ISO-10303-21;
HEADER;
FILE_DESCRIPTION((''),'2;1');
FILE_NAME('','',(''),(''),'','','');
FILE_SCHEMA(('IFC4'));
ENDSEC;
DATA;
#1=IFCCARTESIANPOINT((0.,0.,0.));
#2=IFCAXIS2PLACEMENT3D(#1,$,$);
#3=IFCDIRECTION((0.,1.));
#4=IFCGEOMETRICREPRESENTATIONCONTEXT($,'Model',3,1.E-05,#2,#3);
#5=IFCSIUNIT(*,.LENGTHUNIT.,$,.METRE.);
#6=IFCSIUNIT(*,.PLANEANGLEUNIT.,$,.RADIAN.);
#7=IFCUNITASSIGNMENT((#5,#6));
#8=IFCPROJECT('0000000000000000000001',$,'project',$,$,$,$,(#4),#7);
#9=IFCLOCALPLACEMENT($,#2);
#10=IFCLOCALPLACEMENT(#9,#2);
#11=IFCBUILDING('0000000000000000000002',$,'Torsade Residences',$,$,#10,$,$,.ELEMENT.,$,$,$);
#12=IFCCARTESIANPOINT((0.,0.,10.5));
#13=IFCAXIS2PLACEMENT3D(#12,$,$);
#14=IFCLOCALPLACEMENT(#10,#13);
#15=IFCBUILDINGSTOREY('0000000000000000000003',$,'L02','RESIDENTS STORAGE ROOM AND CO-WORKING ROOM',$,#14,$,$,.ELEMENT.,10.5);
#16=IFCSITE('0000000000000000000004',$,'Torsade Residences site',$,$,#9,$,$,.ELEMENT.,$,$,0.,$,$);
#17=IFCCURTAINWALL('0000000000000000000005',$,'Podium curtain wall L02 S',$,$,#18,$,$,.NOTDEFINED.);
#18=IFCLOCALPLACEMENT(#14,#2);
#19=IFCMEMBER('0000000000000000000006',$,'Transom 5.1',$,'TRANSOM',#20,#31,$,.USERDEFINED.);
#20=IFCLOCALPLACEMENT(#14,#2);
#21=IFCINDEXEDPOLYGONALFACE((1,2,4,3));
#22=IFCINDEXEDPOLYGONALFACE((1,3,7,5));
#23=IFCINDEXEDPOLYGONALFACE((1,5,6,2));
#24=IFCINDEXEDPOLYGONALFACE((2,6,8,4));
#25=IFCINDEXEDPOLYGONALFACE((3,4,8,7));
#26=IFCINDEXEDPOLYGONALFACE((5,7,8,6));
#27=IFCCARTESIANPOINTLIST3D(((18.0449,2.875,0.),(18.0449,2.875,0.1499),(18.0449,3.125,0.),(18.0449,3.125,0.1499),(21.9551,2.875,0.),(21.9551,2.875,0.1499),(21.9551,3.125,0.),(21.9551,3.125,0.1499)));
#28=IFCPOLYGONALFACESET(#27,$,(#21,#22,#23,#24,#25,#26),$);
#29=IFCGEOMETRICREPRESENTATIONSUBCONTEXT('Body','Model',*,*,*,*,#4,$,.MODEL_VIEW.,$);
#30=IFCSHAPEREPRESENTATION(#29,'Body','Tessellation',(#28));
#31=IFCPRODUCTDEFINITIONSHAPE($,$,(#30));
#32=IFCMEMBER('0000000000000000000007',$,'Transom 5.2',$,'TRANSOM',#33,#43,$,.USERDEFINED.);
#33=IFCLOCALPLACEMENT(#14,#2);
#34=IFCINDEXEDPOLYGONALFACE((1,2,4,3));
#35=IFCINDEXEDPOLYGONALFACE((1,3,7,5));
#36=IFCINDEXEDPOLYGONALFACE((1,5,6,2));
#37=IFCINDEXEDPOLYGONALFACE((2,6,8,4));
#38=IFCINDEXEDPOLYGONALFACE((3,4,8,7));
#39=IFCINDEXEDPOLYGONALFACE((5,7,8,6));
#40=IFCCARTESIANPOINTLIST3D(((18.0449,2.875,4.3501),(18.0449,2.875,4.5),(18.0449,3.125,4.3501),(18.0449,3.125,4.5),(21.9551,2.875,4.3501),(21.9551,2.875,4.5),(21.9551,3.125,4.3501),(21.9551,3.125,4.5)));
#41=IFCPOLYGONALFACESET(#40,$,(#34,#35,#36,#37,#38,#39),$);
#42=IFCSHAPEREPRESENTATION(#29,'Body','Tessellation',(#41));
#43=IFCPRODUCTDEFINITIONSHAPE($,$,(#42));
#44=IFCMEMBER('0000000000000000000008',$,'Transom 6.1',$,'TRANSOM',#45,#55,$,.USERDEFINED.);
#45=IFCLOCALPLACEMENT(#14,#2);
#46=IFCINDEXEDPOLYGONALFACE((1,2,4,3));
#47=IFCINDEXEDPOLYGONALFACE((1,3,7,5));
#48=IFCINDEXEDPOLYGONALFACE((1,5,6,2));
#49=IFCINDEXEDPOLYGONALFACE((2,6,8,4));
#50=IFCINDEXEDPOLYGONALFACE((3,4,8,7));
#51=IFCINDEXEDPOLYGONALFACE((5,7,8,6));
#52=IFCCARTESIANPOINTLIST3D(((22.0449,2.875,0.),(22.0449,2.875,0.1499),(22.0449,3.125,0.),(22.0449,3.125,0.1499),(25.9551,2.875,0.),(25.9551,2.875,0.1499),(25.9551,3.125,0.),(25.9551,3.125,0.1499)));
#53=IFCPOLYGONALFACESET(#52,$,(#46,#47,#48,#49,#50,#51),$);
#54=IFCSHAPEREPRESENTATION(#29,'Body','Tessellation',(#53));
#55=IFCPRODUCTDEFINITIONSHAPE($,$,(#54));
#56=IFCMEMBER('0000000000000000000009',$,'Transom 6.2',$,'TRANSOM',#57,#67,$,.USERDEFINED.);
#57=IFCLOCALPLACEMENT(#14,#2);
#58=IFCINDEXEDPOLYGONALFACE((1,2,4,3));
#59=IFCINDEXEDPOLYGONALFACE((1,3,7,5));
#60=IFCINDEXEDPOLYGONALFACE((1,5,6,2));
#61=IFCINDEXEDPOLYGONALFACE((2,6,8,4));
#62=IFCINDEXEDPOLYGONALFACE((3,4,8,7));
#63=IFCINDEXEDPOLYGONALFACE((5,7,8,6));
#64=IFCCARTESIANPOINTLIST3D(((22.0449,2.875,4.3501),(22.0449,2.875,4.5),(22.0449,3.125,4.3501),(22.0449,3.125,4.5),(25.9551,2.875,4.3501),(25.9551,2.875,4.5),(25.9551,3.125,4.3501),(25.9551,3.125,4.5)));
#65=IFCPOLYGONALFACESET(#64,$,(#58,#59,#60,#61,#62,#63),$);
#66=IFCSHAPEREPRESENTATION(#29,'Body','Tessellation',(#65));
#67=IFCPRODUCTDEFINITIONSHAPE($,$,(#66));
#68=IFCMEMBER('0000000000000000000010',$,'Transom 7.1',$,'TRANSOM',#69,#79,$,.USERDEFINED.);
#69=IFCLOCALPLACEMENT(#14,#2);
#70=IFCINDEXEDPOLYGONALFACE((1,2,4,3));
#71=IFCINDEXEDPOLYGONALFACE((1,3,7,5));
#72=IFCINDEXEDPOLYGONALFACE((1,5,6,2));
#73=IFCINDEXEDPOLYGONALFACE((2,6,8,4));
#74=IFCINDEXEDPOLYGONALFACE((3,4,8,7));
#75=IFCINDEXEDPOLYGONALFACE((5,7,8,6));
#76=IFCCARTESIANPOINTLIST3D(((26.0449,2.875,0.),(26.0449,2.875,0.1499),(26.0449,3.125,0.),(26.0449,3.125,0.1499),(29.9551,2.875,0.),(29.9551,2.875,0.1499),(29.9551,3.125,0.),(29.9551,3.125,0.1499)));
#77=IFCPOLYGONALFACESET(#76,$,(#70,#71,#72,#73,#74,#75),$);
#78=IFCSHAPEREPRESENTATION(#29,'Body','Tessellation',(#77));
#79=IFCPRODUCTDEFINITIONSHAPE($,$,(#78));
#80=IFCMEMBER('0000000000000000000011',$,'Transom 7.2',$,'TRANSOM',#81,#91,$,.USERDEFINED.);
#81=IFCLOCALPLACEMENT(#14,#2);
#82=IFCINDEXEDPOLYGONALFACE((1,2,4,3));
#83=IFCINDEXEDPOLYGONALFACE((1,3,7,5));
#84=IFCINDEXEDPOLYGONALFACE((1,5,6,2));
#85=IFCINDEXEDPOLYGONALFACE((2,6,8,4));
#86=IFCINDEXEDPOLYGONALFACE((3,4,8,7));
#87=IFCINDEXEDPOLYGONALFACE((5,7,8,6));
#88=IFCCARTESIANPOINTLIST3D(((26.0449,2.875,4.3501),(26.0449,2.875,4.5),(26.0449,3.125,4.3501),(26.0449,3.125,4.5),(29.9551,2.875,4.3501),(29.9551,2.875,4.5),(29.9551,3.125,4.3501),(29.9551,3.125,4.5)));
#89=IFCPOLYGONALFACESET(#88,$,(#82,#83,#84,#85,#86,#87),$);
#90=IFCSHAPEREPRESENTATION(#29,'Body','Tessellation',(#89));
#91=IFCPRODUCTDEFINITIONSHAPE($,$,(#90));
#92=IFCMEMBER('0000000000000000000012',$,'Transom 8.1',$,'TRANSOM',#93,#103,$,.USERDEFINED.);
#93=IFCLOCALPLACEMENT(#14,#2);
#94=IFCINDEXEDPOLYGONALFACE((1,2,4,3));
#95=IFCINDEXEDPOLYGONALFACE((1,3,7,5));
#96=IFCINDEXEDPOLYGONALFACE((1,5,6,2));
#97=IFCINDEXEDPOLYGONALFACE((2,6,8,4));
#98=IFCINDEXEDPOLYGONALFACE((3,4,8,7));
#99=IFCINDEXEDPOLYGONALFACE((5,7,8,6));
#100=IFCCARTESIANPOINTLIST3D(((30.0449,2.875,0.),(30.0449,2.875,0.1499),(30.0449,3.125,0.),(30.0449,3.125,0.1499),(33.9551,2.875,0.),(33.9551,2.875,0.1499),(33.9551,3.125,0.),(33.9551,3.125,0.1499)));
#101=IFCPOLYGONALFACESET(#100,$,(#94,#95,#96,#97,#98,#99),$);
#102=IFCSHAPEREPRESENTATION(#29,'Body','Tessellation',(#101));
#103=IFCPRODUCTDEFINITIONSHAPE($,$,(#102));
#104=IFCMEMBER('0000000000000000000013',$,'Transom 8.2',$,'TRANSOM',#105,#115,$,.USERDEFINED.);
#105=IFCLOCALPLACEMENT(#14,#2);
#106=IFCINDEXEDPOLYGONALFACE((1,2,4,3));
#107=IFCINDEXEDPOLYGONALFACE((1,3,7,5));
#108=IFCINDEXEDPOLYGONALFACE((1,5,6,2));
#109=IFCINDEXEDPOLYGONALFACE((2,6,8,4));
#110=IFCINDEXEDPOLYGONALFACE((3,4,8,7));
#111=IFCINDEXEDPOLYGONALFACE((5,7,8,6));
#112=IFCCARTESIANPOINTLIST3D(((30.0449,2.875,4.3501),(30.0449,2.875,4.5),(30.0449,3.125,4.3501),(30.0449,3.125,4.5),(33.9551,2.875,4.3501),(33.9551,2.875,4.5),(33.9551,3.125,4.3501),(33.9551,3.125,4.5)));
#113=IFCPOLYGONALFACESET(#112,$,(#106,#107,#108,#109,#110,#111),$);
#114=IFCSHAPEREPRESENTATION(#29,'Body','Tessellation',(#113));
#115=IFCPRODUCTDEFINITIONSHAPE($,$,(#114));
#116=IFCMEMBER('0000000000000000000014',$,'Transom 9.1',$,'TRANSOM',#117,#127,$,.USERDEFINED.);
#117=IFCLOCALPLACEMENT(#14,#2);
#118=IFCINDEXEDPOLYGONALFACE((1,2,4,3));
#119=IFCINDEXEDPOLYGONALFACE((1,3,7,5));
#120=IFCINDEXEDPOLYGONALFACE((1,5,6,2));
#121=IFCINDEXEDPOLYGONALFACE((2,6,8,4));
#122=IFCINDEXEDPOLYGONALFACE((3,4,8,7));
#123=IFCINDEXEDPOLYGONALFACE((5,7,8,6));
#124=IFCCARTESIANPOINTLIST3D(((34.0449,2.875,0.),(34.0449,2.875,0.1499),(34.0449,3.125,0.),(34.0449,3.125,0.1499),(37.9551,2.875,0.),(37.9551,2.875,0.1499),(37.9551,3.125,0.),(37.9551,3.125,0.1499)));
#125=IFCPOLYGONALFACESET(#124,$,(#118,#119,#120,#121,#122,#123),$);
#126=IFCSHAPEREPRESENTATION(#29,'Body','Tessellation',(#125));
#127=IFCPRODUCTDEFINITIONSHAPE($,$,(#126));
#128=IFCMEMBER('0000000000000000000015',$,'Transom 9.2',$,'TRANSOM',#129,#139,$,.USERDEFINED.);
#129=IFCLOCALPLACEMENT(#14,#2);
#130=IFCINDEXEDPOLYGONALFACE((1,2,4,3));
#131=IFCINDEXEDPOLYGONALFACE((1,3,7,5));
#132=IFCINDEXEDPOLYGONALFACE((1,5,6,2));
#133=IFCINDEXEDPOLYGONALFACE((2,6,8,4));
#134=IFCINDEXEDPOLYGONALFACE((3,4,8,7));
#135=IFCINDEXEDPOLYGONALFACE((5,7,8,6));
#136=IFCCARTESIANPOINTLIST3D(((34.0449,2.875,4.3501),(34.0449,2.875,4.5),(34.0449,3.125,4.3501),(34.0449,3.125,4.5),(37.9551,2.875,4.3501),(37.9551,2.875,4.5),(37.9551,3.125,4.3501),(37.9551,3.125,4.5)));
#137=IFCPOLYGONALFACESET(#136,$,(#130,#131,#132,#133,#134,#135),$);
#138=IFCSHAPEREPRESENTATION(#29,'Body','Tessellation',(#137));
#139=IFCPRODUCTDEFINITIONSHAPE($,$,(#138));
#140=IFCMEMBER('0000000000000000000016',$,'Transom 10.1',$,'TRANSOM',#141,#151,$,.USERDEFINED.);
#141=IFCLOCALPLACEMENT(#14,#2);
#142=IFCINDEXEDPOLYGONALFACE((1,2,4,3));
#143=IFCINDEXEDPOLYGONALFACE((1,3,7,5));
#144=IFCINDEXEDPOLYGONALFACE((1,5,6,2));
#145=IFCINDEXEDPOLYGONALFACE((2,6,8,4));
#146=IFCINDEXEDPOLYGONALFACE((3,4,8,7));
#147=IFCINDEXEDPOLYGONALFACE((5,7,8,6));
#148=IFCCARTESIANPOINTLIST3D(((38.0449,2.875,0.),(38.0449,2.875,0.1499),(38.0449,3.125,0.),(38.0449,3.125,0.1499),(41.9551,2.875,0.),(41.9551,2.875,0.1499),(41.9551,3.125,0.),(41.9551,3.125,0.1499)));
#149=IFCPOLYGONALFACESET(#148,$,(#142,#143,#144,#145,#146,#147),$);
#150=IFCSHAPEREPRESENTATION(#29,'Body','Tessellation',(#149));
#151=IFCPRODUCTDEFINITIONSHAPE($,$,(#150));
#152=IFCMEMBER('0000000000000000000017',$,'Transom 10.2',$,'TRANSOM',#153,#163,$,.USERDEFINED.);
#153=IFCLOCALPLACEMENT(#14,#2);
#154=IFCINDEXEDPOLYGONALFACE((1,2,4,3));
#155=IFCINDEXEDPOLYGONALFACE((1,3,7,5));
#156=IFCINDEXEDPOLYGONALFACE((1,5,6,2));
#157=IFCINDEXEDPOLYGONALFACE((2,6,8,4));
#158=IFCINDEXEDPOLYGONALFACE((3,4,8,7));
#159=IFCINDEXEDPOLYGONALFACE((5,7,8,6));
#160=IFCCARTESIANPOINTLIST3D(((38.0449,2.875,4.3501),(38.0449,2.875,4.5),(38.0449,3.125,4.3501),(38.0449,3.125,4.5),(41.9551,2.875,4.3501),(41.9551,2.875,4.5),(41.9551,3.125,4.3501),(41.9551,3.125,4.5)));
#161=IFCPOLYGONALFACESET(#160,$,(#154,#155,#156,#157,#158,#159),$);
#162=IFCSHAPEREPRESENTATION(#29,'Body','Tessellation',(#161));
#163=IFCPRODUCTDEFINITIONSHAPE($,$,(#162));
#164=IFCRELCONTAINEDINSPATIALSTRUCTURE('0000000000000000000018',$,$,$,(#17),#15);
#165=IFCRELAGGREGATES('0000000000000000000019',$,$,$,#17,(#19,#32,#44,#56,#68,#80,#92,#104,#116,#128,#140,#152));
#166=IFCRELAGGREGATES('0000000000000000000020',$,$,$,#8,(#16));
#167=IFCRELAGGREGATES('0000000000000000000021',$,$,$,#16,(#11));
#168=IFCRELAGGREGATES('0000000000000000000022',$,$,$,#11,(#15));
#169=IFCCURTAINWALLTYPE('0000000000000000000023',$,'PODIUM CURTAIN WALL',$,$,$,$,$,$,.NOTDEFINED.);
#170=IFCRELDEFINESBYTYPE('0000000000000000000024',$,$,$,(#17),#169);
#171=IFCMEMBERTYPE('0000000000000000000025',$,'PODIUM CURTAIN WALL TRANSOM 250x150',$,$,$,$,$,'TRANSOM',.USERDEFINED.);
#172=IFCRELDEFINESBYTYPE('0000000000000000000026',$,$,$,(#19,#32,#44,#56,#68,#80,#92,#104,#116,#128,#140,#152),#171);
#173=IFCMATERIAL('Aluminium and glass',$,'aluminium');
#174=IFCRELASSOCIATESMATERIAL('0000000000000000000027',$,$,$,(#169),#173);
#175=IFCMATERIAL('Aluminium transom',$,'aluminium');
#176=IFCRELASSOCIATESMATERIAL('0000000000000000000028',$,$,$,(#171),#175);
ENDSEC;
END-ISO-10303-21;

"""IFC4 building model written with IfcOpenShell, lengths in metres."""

from ifc_helpers import new_model, si_unit, direction, frame, origin, origin_2d, place, context, subcontext, project, spatial, rectangle, extrude, material, material_profile, profile_set, type_object, element, aggregate, save


model = new_model("IFC4")

# Units and contexts
model_context = context("Model", 3, precision=1e-05, world=origin(), true_north=direction((0.0, 1.0)))
body_context = subcontext(model_context, "Body", "Model", "MODEL_VIEW")
ifc_project = project(units=[si_unit("LENGTHUNIT", "METRE"), si_unit("PLANEANGLEUNIT", "RADIAN")], contexts=[model_context])

# Site, building, storey
site_placement = place(None, origin())
site = spatial("IfcSite", under=ifc_project, at=site_placement, Name="Torsade Residences site", CompositionType="ELEMENT", RefElevation=0.0)
building_placement = place(site_placement, origin())
building = spatial("IfcBuilding", under=site, at=building_placement, Name="Torsade Residences", CompositionType="ELEMENT")
storey_placement = place(building_placement, frame((0.0, 0.0, 10.5)))
storey = spatial("IfcBuildingStorey", under=building, at=storey_placement, Name="L02", Description="RESIDENTS STORAGE ROOM AND CO-WORKING ROOM", CompositionType="ELEMENT", Elevation=10.5)

# Curtain wall, members
ifc_material_1 = material(Name="Aluminium and glass", Category="aluminium")
curtain_wall_type = type_object("IfcCurtainWallType", Name="PODIUM CURTAIN WALL", PredefinedType="NOTDEFINED", material=ifc_material_1)
curtain_wall_placement = place(storey_placement, origin())
curtain_wall = element("IfcCurtainWall", 1, at=curtain_wall_placement, inside=storey, type_object=curtain_wall_type, Name="Podium curtain wall L02 S", PredefinedType="NOTDEFINED")
ifc_material_2 = material(Name="Aluminium transom", Category="aluminium")
ifc_material_profile_1 = material_profile(ifc_material_2, rectangle(XDim=0.25, YDim=0.1499, at=origin_2d()), Name="PODIUM CURTAIN WALL TRANSOM 250x150")
ifc_profile_set_1 = profile_set([ifc_material_profile_1], Name="Aluminium transom")
member_type_1 = type_object("IfcMemberType", Name="PODIUM CURTAIN WALL TRANSOM 250x150", ElementType="TRANSOM", PredefinedType="USERDEFINED", material=ifc_profile_set_1)
member_1_placement = place(storey_placement, frame((18.0449, 3.0, 0.075), z_axis=(1.0, 0.0, 0.0), x_axis=(0.0, 1.0, 0.0)))
member_1 = element("IfcMember", 2, at=member_1_placement, type_object=member_type_1, Name="Transom 5.1", ObjectType="TRANSOM", PredefinedType="USERDEFINED", context=body_context, shape_type="SweptSolid", body=[
    extrude(rectangle(XDim=0.25, YDim=0.1499, at=origin_2d()), origin(), (0.0, 0.0, 1.0), 3.9102),
])
member_2_placement = place(storey_placement, frame((18.0449, 3.0, 4.425), z_axis=(1.0, 0.0, 0.0), x_axis=(0.0, 1.0, 0.0)))
member_2 = element("IfcMember", 3, at=member_2_placement, type_object=member_type_1, Name="Transom 5.2", ObjectType="TRANSOM", PredefinedType="USERDEFINED", context=body_context, shape_type="SweptSolid", body=[
    extrude(rectangle(XDim=0.25, YDim=0.1499, at=origin_2d()), origin(), (0.0, 0.0, 1.0), 3.9102),
])
member_3_placement = place(storey_placement, frame((22.0449, 3.0, 0.075), z_axis=(1.0, 0.0, 0.0), x_axis=(0.0, 1.0, 0.0)))
member_3 = element("IfcMember", 4, at=member_3_placement, type_object=member_type_1, Name="Transom 6.1", ObjectType="TRANSOM", PredefinedType="USERDEFINED", context=body_context, shape_type="SweptSolid", body=[
    extrude(rectangle(XDim=0.25, YDim=0.1499, at=origin_2d()), origin(), (0.0, 0.0, 1.0), 3.9102),
])
member_4_placement = place(storey_placement, frame((22.0449, 3.0, 4.425), z_axis=(1.0, 0.0, 0.0), x_axis=(0.0, 1.0, 0.0)))
member_4 = element("IfcMember", 5, at=member_4_placement, type_object=member_type_1, Name="Transom 6.2", ObjectType="TRANSOM", PredefinedType="USERDEFINED", context=body_context, shape_type="SweptSolid", body=[
    extrude(rectangle(XDim=0.25, YDim=0.1499, at=origin_2d()), origin(), (0.0, 0.0, 1.0), 3.9102),
])
member_5_placement = place(storey_placement, frame((26.0449, 3.0, 0.075), z_axis=(1.0, 0.0, 0.0), x_axis=(0.0, 1.0, 0.0)))
member_5 = element("IfcMember", 6, at=member_5_placement, type_object=member_type_1, Name="Transom 7.1", ObjectType="TRANSOM", PredefinedType="USERDEFINED", context=body_context, shape_type="SweptSolid", body=[
    extrude(rectangle(XDim=0.25, YDim=0.1499, at=origin_2d()), origin(), (0.0, 0.0, 1.0), 3.9102),
])
member_6_placement = place(storey_placement, frame((26.0449, 3.0, 4.425), z_axis=(1.0, 0.0, 0.0), x_axis=(0.0, 1.0, 0.0)))
member_6 = element("IfcMember", 7, at=member_6_placement, type_object=member_type_1, Name="Transom 7.2", ObjectType="TRANSOM", PredefinedType="USERDEFINED", context=body_context, shape_type="SweptSolid", body=[
    extrude(rectangle(XDim=0.25, YDim=0.1499, at=origin_2d()), origin(), (0.0, 0.0, 1.0), 3.9102),
])
member_7_placement = place(storey_placement, frame((30.0449, 3.0, 0.075), z_axis=(1.0, 0.0, 0.0), x_axis=(0.0, 1.0, 0.0)))
member_7 = element("IfcMember", 8, at=member_7_placement, type_object=member_type_1, Name="Transom 8.1", ObjectType="TRANSOM", PredefinedType="USERDEFINED", context=body_context, shape_type="SweptSolid", body=[
    extrude(rectangle(XDim=0.25, YDim=0.1499, at=origin_2d()), origin(), (0.0, 0.0, 1.0), 3.9102),
])
member_8_placement = place(storey_placement, frame((30.0449, 3.0, 4.425), z_axis=(1.0, 0.0, 0.0), x_axis=(0.0, 1.0, 0.0)))
member_8 = element("IfcMember", 9, at=member_8_placement, type_object=member_type_1, Name="Transom 8.2", ObjectType="TRANSOM", PredefinedType="USERDEFINED", context=body_context, shape_type="SweptSolid", body=[
    extrude(rectangle(XDim=0.25, YDim=0.1499, at=origin_2d()), origin(), (0.0, 0.0, 1.0), 3.9102),
])
member_9_placement = place(storey_placement, frame((34.0449, 3.0, 0.075), z_axis=(1.0, 0.0, 0.0), x_axis=(0.0, 1.0, 0.0)))
member_9 = element("IfcMember", 10, at=member_9_placement, type_object=member_type_1, Name="Transom 9.1", ObjectType="TRANSOM", PredefinedType="USERDEFINED", context=body_context, shape_type="SweptSolid", body=[
    extrude(rectangle(XDim=0.25, YDim=0.1499, at=origin_2d()), origin(), (0.0, 0.0, 1.0), 3.9102),
])
member_10_placement = place(storey_placement, frame((34.0449, 3.0, 4.425), z_axis=(1.0, 0.0, 0.0), x_axis=(0.0, 1.0, 0.0)))
member_10 = element("IfcMember", 11, at=member_10_placement, type_object=member_type_1, Name="Transom 9.2", ObjectType="TRANSOM", PredefinedType="USERDEFINED", context=body_context, shape_type="SweptSolid", body=[
    extrude(rectangle(XDim=0.25, YDim=0.1499, at=origin_2d()), origin(), (0.0, 0.0, 1.0), 3.9102),
])
member_11_placement = place(storey_placement, frame((38.0449, 3.0, 0.075), z_axis=(1.0, 0.0, 0.0), x_axis=(0.0, 1.0, 0.0)))
member_11 = element("IfcMember", 12, at=member_11_placement, type_object=member_type_1, Name="Transom 10.1", ObjectType="TRANSOM", PredefinedType="USERDEFINED", context=body_context, shape_type="SweptSolid", body=[
    extrude(rectangle(XDim=0.25, YDim=0.1499, at=origin_2d()), origin(), (0.0, 0.0, 1.0), 3.9102),
])
member_12_placement = place(storey_placement, frame((38.0449, 3.0, 4.425), z_axis=(1.0, 0.0, 0.0), x_axis=(0.0, 1.0, 0.0)))
member_12 = element("IfcMember", 13, at=member_12_placement, type_object=member_type_1, Name="Transom 10.2", ObjectType="TRANSOM", PredefinedType="USERDEFINED", context=body_context, shape_type="SweptSolid", body=[
    extrude(rectangle(XDim=0.25, YDim=0.1499, at=origin_2d()), origin(), (0.0, 0.0, 1.0), 3.9102),
])

aggregate(curtain_wall, [member_1, member_2, member_3, member_4, member_5, member_6, member_7, member_8, member_9, member_10, member_11, member_12])

save(model, "model.ifc")
